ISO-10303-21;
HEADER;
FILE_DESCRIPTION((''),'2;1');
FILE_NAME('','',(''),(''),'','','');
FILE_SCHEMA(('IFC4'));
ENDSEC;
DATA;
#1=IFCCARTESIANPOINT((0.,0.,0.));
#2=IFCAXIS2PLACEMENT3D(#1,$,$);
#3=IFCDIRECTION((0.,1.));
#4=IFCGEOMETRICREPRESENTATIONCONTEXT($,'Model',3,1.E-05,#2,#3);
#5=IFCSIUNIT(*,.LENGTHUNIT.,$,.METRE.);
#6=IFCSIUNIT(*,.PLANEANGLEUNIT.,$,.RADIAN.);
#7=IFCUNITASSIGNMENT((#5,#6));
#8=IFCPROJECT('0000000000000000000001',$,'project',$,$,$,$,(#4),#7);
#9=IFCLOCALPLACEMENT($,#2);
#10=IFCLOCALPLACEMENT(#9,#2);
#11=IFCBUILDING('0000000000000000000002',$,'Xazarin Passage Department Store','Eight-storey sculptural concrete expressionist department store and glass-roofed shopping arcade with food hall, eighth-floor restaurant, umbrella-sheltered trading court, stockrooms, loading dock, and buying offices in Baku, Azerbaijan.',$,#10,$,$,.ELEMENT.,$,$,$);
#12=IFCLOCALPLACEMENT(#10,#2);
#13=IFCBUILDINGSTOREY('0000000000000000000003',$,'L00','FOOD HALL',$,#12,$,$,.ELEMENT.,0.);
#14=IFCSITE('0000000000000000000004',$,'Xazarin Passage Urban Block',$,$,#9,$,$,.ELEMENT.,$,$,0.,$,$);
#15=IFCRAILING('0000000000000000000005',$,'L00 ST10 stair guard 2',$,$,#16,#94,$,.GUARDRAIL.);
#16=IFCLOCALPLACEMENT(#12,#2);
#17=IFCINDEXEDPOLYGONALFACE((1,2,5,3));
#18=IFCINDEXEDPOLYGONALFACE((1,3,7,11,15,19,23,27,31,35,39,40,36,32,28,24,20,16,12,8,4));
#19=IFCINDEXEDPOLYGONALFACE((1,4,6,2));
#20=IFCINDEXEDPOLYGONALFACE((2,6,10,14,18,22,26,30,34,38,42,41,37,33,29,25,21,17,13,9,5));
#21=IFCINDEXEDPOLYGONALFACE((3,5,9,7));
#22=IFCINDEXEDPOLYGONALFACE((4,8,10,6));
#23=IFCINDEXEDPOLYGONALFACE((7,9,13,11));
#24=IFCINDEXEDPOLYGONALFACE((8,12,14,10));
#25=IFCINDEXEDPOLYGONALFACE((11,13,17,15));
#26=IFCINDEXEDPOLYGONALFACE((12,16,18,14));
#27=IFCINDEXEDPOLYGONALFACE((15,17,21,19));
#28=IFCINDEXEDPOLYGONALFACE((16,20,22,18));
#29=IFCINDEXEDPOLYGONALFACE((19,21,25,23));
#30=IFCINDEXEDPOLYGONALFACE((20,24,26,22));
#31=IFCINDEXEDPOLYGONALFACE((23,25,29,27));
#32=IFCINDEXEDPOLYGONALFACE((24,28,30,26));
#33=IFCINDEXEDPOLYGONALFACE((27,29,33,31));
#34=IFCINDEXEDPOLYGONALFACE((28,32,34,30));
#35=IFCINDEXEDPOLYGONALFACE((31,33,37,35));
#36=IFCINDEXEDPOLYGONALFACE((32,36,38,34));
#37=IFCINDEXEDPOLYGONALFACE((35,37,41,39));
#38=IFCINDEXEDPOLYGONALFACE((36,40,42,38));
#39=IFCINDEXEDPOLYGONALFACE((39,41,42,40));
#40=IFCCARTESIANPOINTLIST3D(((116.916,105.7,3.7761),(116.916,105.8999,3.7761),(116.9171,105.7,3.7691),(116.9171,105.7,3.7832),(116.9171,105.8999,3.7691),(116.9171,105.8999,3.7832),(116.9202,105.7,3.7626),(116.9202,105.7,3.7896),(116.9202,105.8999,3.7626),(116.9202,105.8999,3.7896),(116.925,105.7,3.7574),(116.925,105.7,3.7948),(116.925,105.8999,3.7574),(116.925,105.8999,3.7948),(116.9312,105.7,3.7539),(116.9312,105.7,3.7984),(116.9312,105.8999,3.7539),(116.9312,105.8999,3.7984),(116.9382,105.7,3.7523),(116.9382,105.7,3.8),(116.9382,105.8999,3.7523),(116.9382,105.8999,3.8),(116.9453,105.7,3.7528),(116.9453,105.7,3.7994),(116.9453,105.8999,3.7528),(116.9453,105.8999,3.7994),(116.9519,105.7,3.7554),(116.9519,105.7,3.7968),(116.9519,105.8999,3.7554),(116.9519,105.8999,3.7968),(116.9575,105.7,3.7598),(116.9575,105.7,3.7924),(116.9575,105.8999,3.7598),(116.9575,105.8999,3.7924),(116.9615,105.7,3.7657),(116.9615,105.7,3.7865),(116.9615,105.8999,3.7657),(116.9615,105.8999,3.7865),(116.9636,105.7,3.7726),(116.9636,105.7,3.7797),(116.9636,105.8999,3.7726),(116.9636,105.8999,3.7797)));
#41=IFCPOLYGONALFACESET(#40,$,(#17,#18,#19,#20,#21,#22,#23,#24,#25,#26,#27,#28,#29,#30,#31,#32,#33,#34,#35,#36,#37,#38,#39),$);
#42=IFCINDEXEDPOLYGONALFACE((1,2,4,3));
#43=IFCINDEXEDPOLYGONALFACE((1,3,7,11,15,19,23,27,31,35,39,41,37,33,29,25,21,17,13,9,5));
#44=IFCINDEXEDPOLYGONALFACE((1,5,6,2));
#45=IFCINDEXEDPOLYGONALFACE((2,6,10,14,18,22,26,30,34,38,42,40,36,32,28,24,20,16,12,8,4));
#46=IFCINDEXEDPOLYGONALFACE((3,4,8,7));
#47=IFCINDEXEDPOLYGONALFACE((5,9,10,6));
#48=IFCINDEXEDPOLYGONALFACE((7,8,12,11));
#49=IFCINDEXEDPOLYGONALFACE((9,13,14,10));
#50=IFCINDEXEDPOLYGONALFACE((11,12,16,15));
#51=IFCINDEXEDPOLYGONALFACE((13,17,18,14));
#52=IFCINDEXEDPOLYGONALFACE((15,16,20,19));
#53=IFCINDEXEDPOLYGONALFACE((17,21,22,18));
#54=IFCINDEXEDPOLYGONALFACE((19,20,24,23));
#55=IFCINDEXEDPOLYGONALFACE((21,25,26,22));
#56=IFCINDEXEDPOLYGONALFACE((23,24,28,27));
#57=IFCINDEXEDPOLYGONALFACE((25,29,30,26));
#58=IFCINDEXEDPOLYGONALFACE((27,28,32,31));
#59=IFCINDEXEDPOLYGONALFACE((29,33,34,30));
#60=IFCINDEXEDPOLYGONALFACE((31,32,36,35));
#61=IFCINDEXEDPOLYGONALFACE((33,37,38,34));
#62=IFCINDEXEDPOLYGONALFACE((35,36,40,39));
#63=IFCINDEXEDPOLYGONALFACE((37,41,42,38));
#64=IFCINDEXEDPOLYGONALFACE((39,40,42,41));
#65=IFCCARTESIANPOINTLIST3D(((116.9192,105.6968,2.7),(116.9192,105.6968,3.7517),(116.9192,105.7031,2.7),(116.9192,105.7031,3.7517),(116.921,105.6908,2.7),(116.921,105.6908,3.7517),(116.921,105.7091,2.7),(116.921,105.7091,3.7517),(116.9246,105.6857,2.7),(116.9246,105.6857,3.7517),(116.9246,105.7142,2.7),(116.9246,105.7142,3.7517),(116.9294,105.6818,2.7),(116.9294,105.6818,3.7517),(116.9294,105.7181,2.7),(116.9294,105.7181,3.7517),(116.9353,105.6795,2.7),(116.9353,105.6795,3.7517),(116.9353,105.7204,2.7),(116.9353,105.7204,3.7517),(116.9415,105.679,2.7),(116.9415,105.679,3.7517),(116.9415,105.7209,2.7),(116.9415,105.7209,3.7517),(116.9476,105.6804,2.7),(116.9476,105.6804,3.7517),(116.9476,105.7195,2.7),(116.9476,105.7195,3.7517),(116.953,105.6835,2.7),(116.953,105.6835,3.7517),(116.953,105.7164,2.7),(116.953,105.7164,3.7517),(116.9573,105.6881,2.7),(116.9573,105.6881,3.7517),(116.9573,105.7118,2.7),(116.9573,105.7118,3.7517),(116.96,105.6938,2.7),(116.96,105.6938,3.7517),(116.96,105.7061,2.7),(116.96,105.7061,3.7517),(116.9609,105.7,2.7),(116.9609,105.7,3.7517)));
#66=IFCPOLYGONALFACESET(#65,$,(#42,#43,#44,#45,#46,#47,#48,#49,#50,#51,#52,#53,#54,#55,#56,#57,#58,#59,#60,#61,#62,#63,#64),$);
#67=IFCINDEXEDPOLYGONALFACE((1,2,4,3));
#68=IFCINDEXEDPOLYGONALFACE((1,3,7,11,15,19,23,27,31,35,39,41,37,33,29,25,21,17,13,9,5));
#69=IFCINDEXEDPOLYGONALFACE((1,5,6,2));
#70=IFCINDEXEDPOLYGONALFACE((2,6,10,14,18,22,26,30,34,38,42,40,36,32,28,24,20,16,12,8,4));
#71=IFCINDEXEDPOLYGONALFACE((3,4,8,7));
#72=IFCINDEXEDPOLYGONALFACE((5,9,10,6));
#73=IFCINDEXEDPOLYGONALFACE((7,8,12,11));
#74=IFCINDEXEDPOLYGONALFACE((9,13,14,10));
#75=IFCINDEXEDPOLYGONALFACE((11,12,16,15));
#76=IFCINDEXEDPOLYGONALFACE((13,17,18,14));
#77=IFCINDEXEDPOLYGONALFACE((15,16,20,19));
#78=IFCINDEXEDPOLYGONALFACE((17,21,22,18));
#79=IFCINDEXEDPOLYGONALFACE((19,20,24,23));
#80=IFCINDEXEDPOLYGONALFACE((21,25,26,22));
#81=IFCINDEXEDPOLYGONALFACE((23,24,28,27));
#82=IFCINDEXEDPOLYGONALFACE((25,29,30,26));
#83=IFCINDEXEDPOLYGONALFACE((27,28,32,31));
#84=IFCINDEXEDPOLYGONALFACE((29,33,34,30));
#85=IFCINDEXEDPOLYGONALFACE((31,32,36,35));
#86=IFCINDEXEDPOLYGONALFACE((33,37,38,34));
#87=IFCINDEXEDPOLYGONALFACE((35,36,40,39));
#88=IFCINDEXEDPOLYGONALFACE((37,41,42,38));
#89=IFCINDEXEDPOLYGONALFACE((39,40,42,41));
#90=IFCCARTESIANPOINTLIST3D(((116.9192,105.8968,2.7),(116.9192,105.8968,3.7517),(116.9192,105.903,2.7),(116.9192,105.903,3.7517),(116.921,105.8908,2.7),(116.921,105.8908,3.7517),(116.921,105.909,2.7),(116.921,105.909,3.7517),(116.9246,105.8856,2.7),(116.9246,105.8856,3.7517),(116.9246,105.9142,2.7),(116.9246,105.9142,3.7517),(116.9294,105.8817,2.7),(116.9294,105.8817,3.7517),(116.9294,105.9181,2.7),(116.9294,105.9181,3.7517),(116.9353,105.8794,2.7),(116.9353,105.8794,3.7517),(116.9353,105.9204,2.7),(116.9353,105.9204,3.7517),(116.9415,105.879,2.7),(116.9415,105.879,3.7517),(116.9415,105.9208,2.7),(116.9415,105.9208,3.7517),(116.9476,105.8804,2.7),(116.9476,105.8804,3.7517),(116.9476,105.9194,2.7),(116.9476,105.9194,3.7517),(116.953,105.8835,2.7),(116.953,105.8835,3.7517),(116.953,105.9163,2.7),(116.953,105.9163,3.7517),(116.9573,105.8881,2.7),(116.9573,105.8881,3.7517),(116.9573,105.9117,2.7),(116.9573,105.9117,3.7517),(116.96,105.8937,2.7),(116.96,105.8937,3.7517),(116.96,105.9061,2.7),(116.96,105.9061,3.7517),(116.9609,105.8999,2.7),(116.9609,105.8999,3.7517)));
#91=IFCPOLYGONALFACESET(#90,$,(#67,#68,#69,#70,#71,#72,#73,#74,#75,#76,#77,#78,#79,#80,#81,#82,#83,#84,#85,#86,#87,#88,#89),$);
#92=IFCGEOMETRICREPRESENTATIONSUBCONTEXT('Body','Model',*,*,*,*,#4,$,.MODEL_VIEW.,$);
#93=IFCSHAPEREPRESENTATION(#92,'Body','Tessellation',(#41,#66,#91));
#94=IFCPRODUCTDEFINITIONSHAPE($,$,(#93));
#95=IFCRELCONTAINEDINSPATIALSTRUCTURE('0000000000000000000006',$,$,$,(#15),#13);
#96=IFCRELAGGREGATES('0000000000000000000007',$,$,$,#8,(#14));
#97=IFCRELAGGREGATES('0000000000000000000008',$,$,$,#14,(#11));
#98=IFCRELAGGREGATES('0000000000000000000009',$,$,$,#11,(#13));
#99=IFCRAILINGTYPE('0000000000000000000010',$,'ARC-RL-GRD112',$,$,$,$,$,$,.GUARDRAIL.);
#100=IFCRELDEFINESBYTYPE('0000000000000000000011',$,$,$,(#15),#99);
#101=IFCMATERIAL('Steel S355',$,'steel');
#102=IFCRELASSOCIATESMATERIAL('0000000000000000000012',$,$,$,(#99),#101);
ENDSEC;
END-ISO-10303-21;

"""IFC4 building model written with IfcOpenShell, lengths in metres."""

from ifc_helpers import new_model, si_unit, direction, frame, origin, origin_2d, place, context, subcontext, project, spatial, circle, extrude, material, type_object, element, save


model = new_model("IFC4")

# Units and contexts
model_context = context("Model", 3, precision=1e-05, world=origin(), true_north=direction((0.0, 1.0)))
body_context = subcontext(model_context, "Body", "Model", "MODEL_VIEW")
ifc_project = project(units=[si_unit("LENGTHUNIT", "METRE"), si_unit("PLANEANGLEUNIT", "RADIAN")], contexts=[model_context])

# Site, building, storey
site_placement = place(None, origin())
site = spatial("IfcSite", under=ifc_project, at=site_placement, Name="Xazarin Passage Urban Block", CompositionType="ELEMENT", RefElevation=0.0)
building_placement = place(site_placement, origin())
building = spatial("IfcBuilding", under=site, at=building_placement, Name="Xazarin Passage Department Store", Description="Eight-storey sculptural concrete expressionist department store and glass-roofed shopping arcade with food hall, eighth-floor restaurant, umbrella-sheltered trading court, stockrooms, loading dock, and buying offices in Baku, Azerbaijan.", CompositionType="ELEMENT")
storey_placement = place(building_placement, origin())
storey = spatial("IfcBuildingStorey", under=building, at=storey_placement, Name="L00", Description="FOOD HALL", CompositionType="ELEMENT", Elevation=0.0)

# Railing
ifc_material_1 = material(Name="Steel S355", Category="steel")
railing_type_1 = type_object("IfcRailingType", Name="ARC-RL-GRD112", PredefinedType="GUARDRAIL", material=ifc_material_1)
railing_1_placement = place(storey_placement, frame((116.9399, 105.7, 2.7)))
element("IfcRailing", 1, at=railing_1_placement, inside=storey, type_object=railing_type_1, Name="L00 ST10 stair guard 2", PredefinedType="GUARDRAIL", context=body_context, shape_type="SweptSolid", body=[
    extrude(circle(Radius=0.0239, at=origin_2d()), frame((0.0, 0.0, 1.0762), z_axis=(0.0, 1.0, 0.0), x_axis=(-1.0, 0.0, 0.0)), (0.0, 0.0, 1.0), 0.2),
    extrude(circle(Radius=0.021, at=origin_2d()), origin(), (0.0, 0.0, 1.0), 1.0518),
    extrude(circle(Radius=0.021, at=origin_2d()), frame((0.0, 0.2, 0.0)), (0.0, 0.0, 1.0), 1.0518),
])

save(model, "model.ifc")
